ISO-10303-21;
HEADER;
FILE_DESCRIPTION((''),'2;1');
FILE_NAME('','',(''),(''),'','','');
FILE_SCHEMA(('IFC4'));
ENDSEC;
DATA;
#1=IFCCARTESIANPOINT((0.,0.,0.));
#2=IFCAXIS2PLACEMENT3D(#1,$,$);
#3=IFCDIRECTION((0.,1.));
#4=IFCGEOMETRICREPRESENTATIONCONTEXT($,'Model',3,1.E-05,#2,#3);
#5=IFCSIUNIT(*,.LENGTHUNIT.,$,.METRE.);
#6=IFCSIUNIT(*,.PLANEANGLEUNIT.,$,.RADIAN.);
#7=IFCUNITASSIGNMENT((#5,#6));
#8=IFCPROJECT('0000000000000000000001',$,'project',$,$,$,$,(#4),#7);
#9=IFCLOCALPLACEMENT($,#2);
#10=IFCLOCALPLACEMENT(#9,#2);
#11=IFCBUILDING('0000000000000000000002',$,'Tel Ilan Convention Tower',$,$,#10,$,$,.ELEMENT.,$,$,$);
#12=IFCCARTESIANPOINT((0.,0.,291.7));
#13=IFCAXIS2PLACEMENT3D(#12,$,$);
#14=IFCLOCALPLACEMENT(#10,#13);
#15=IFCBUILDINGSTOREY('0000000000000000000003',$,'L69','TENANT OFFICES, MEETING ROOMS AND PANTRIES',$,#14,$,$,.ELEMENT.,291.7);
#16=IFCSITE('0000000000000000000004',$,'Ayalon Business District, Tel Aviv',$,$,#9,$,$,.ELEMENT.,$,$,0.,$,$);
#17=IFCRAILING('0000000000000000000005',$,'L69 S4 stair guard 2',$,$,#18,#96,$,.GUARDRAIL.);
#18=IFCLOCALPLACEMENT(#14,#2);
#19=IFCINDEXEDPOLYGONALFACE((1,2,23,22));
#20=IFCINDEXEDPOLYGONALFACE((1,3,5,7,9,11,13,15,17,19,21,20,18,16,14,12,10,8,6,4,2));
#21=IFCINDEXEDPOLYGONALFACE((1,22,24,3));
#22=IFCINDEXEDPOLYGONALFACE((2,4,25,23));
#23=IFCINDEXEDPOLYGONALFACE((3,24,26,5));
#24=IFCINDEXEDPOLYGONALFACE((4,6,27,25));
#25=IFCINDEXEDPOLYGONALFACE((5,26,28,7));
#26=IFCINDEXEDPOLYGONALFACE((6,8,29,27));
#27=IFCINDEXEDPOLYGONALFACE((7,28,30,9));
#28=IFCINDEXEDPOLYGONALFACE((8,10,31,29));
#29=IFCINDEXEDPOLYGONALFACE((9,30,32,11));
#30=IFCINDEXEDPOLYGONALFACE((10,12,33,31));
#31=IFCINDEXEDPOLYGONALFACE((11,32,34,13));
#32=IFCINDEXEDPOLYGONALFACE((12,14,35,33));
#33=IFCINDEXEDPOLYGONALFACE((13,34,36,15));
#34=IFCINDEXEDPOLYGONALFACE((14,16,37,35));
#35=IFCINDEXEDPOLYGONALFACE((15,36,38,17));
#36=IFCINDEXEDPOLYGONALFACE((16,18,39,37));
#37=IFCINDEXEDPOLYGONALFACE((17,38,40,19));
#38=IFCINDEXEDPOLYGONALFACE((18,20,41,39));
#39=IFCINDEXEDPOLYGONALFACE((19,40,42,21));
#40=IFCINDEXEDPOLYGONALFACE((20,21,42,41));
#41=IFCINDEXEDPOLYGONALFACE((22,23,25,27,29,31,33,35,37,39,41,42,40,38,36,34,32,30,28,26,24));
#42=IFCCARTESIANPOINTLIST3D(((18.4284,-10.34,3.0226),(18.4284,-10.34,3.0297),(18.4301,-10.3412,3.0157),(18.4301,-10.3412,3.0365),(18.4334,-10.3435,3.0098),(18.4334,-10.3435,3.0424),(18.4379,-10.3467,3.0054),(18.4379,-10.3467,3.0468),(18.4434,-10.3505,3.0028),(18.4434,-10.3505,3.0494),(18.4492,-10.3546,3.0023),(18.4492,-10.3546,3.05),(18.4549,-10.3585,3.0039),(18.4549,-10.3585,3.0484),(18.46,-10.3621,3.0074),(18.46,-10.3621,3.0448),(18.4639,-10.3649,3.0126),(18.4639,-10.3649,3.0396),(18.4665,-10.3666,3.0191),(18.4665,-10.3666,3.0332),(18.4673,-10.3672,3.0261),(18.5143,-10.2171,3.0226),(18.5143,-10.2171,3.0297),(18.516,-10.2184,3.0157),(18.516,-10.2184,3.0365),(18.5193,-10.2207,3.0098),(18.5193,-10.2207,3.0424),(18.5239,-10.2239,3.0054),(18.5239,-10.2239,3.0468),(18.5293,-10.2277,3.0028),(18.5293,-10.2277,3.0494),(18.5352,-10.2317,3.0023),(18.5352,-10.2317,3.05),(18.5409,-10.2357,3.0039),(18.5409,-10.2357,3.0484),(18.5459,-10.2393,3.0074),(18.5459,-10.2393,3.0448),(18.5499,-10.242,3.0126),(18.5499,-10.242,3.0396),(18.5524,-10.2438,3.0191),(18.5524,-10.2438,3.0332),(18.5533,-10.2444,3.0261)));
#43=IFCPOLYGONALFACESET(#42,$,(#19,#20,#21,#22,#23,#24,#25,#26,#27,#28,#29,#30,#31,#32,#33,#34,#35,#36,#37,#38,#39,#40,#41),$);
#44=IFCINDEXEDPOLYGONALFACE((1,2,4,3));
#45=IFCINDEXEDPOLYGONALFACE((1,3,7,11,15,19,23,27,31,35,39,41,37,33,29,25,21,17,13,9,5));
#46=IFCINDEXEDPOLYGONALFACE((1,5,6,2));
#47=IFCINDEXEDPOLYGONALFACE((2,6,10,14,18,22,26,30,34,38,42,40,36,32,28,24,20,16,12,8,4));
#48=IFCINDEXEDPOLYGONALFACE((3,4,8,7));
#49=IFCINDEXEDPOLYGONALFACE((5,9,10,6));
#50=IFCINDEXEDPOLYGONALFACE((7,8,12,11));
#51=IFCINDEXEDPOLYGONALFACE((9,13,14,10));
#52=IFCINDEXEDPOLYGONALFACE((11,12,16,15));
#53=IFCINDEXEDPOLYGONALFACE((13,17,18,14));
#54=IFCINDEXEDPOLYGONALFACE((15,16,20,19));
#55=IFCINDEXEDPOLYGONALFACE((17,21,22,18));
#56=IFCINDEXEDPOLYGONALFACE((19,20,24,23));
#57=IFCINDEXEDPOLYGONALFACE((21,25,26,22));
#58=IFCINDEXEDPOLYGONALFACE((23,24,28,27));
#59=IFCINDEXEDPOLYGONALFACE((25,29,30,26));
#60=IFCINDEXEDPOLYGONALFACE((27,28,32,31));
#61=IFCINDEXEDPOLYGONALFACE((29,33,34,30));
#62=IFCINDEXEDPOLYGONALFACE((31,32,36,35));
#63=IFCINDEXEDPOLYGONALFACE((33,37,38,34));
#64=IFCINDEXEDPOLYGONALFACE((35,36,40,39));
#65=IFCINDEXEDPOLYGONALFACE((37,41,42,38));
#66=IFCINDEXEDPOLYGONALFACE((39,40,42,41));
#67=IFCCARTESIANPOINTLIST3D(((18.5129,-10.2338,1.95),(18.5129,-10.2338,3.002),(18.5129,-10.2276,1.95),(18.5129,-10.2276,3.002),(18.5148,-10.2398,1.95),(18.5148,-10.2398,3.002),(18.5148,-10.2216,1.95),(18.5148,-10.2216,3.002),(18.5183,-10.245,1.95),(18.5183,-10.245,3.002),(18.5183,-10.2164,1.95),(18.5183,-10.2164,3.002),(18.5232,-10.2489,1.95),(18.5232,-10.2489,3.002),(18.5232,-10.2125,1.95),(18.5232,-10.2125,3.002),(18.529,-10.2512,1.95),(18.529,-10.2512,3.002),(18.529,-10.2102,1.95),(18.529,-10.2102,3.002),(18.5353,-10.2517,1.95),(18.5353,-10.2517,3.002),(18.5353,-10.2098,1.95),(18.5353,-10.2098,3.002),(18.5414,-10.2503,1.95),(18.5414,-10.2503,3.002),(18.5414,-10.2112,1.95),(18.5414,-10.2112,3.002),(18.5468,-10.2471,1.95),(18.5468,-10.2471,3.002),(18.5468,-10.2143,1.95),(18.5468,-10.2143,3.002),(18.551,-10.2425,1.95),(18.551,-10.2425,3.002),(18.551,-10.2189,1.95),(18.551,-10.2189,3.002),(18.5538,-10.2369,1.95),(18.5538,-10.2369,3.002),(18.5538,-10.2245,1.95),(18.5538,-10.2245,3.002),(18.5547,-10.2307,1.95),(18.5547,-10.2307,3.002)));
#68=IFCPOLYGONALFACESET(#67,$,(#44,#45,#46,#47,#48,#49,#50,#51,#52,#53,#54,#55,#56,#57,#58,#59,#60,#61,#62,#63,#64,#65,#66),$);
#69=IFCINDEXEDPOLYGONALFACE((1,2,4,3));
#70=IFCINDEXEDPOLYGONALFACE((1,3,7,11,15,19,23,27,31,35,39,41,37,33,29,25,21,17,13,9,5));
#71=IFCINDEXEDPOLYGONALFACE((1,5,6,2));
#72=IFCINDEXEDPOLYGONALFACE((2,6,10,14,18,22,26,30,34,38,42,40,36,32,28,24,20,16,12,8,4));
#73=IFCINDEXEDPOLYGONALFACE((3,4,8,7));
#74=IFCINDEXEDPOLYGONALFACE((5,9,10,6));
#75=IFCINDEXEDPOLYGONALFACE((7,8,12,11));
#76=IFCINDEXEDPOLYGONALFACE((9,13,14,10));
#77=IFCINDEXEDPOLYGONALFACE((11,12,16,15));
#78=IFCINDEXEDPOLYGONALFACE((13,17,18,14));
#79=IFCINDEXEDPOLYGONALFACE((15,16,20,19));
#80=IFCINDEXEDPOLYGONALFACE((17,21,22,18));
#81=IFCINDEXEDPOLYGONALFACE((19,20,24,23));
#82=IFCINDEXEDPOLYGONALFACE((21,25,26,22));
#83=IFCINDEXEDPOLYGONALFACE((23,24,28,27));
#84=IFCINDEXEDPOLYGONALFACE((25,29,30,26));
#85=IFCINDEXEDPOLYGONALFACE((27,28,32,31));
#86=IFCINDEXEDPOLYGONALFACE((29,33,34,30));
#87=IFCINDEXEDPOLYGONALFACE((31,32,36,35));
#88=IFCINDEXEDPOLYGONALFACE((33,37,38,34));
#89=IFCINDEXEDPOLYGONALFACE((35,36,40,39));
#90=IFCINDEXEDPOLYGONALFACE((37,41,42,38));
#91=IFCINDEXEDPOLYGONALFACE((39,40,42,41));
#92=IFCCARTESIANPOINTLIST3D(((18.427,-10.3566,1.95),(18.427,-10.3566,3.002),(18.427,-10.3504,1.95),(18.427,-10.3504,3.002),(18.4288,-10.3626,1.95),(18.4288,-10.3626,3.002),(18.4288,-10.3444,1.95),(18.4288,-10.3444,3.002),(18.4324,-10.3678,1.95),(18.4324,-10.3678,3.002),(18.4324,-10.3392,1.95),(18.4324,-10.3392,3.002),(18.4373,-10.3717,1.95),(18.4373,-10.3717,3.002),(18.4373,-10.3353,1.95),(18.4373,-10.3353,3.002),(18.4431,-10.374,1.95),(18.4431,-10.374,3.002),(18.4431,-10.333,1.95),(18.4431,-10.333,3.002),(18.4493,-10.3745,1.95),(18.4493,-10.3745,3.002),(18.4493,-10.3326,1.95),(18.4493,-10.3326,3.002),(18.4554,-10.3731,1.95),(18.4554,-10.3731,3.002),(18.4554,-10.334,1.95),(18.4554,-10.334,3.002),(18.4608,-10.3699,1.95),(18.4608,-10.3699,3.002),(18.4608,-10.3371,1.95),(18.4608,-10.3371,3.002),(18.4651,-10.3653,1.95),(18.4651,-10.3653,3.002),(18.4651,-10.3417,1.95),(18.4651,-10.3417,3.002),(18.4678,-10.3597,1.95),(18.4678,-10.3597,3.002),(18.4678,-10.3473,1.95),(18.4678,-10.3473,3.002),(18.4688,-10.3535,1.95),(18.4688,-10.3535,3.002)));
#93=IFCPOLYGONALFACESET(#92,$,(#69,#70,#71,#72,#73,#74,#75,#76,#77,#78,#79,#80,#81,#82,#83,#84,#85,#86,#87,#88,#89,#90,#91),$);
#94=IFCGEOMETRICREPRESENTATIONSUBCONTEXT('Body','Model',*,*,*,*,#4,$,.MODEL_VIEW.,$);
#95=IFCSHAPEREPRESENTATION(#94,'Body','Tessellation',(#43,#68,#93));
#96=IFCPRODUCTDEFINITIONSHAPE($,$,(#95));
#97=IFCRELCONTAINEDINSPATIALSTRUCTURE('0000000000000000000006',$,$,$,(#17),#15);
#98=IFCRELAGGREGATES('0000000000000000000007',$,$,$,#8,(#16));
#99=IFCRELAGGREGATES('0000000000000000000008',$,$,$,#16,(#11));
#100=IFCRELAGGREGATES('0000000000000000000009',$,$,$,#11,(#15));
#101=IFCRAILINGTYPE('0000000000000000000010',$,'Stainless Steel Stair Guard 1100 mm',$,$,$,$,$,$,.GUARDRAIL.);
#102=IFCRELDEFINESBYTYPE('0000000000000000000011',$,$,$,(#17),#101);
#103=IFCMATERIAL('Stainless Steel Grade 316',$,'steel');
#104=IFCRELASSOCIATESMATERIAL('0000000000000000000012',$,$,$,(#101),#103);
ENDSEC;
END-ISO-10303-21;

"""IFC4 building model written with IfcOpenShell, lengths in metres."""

from ifc_helpers import new_model, si_unit, direction, frame, origin, origin_2d, place, context, subcontext, project, spatial, circle, extrude, material, type_object, element, save


model = new_model("IFC4")

# Units and contexts
model_context = context("Model", 3, precision=1e-05, world=origin(), true_north=direction((0.0, 1.0)))
body_context = subcontext(model_context, "Body", "Model", "MODEL_VIEW")
ifc_project = project(units=[si_unit("LENGTHUNIT", "METRE"), si_unit("PLANEANGLEUNIT", "RADIAN")], contexts=[model_context])

# Site, building, storey
site_placement = place(None, origin())
site = spatial("IfcSite", under=ifc_project, at=site_placement, Name="Ayalon Business District, Tel Aviv", CompositionType="ELEMENT", RefElevation=0.0)
building_placement = place(site_placement, origin())
building = spatial("IfcBuilding", under=site, at=building_placement, Name="Tel Ilan Convention Tower", CompositionType="ELEMENT")
storey_placement = place(building_placement, frame((0.0, 0.0, 291.7)))
storey = spatial("IfcBuildingStorey", under=building, at=storey_placement, Name="L69", Description="TENANT OFFICES, MEETING ROOMS AND PANTRIES", CompositionType="ELEMENT", Elevation=291.7)

# Railing
ifc_material_1 = material(Name="Stainless Steel Grade 316", Category="steel")
railing_type_1 = type_object("IfcRailingType", Name="Stainless Steel Stair Guard 1100 mm", PredefinedType="GUARDRAIL", material=ifc_material_1)
railing_1_placement = place(storey_placement, frame((18.5337, -10.2307, 1.95)))
element("IfcRailing", 1, at=railing_1_placement, inside=storey, type_object=railing_type_1, Name="L69 S4 stair guard 2", PredefinedType="GUARDRAIL", context=body_context, shape_type="SweptSolid", body=[
    extrude(circle(Radius=0.0239, at=origin_2d()), frame((0.0, 0.0, 1.0762), z_axis=(-0.573353, -0.819308, 0.0), x_axis=(0.819308, -0.573353, 0.0)), (0.0, 0.0, 1.0), 0.1499),
    extrude(circle(Radius=0.021, at=origin_2d()), origin(), (0.0, 0.0, 1.0), 1.052),
    extrude(circle(Radius=0.021, at=origin_2d()), frame((-0.0859, -0.1228, 0.0)), (0.0, 0.0, 1.0), 1.052),
])

save(model, "model.ifc")
